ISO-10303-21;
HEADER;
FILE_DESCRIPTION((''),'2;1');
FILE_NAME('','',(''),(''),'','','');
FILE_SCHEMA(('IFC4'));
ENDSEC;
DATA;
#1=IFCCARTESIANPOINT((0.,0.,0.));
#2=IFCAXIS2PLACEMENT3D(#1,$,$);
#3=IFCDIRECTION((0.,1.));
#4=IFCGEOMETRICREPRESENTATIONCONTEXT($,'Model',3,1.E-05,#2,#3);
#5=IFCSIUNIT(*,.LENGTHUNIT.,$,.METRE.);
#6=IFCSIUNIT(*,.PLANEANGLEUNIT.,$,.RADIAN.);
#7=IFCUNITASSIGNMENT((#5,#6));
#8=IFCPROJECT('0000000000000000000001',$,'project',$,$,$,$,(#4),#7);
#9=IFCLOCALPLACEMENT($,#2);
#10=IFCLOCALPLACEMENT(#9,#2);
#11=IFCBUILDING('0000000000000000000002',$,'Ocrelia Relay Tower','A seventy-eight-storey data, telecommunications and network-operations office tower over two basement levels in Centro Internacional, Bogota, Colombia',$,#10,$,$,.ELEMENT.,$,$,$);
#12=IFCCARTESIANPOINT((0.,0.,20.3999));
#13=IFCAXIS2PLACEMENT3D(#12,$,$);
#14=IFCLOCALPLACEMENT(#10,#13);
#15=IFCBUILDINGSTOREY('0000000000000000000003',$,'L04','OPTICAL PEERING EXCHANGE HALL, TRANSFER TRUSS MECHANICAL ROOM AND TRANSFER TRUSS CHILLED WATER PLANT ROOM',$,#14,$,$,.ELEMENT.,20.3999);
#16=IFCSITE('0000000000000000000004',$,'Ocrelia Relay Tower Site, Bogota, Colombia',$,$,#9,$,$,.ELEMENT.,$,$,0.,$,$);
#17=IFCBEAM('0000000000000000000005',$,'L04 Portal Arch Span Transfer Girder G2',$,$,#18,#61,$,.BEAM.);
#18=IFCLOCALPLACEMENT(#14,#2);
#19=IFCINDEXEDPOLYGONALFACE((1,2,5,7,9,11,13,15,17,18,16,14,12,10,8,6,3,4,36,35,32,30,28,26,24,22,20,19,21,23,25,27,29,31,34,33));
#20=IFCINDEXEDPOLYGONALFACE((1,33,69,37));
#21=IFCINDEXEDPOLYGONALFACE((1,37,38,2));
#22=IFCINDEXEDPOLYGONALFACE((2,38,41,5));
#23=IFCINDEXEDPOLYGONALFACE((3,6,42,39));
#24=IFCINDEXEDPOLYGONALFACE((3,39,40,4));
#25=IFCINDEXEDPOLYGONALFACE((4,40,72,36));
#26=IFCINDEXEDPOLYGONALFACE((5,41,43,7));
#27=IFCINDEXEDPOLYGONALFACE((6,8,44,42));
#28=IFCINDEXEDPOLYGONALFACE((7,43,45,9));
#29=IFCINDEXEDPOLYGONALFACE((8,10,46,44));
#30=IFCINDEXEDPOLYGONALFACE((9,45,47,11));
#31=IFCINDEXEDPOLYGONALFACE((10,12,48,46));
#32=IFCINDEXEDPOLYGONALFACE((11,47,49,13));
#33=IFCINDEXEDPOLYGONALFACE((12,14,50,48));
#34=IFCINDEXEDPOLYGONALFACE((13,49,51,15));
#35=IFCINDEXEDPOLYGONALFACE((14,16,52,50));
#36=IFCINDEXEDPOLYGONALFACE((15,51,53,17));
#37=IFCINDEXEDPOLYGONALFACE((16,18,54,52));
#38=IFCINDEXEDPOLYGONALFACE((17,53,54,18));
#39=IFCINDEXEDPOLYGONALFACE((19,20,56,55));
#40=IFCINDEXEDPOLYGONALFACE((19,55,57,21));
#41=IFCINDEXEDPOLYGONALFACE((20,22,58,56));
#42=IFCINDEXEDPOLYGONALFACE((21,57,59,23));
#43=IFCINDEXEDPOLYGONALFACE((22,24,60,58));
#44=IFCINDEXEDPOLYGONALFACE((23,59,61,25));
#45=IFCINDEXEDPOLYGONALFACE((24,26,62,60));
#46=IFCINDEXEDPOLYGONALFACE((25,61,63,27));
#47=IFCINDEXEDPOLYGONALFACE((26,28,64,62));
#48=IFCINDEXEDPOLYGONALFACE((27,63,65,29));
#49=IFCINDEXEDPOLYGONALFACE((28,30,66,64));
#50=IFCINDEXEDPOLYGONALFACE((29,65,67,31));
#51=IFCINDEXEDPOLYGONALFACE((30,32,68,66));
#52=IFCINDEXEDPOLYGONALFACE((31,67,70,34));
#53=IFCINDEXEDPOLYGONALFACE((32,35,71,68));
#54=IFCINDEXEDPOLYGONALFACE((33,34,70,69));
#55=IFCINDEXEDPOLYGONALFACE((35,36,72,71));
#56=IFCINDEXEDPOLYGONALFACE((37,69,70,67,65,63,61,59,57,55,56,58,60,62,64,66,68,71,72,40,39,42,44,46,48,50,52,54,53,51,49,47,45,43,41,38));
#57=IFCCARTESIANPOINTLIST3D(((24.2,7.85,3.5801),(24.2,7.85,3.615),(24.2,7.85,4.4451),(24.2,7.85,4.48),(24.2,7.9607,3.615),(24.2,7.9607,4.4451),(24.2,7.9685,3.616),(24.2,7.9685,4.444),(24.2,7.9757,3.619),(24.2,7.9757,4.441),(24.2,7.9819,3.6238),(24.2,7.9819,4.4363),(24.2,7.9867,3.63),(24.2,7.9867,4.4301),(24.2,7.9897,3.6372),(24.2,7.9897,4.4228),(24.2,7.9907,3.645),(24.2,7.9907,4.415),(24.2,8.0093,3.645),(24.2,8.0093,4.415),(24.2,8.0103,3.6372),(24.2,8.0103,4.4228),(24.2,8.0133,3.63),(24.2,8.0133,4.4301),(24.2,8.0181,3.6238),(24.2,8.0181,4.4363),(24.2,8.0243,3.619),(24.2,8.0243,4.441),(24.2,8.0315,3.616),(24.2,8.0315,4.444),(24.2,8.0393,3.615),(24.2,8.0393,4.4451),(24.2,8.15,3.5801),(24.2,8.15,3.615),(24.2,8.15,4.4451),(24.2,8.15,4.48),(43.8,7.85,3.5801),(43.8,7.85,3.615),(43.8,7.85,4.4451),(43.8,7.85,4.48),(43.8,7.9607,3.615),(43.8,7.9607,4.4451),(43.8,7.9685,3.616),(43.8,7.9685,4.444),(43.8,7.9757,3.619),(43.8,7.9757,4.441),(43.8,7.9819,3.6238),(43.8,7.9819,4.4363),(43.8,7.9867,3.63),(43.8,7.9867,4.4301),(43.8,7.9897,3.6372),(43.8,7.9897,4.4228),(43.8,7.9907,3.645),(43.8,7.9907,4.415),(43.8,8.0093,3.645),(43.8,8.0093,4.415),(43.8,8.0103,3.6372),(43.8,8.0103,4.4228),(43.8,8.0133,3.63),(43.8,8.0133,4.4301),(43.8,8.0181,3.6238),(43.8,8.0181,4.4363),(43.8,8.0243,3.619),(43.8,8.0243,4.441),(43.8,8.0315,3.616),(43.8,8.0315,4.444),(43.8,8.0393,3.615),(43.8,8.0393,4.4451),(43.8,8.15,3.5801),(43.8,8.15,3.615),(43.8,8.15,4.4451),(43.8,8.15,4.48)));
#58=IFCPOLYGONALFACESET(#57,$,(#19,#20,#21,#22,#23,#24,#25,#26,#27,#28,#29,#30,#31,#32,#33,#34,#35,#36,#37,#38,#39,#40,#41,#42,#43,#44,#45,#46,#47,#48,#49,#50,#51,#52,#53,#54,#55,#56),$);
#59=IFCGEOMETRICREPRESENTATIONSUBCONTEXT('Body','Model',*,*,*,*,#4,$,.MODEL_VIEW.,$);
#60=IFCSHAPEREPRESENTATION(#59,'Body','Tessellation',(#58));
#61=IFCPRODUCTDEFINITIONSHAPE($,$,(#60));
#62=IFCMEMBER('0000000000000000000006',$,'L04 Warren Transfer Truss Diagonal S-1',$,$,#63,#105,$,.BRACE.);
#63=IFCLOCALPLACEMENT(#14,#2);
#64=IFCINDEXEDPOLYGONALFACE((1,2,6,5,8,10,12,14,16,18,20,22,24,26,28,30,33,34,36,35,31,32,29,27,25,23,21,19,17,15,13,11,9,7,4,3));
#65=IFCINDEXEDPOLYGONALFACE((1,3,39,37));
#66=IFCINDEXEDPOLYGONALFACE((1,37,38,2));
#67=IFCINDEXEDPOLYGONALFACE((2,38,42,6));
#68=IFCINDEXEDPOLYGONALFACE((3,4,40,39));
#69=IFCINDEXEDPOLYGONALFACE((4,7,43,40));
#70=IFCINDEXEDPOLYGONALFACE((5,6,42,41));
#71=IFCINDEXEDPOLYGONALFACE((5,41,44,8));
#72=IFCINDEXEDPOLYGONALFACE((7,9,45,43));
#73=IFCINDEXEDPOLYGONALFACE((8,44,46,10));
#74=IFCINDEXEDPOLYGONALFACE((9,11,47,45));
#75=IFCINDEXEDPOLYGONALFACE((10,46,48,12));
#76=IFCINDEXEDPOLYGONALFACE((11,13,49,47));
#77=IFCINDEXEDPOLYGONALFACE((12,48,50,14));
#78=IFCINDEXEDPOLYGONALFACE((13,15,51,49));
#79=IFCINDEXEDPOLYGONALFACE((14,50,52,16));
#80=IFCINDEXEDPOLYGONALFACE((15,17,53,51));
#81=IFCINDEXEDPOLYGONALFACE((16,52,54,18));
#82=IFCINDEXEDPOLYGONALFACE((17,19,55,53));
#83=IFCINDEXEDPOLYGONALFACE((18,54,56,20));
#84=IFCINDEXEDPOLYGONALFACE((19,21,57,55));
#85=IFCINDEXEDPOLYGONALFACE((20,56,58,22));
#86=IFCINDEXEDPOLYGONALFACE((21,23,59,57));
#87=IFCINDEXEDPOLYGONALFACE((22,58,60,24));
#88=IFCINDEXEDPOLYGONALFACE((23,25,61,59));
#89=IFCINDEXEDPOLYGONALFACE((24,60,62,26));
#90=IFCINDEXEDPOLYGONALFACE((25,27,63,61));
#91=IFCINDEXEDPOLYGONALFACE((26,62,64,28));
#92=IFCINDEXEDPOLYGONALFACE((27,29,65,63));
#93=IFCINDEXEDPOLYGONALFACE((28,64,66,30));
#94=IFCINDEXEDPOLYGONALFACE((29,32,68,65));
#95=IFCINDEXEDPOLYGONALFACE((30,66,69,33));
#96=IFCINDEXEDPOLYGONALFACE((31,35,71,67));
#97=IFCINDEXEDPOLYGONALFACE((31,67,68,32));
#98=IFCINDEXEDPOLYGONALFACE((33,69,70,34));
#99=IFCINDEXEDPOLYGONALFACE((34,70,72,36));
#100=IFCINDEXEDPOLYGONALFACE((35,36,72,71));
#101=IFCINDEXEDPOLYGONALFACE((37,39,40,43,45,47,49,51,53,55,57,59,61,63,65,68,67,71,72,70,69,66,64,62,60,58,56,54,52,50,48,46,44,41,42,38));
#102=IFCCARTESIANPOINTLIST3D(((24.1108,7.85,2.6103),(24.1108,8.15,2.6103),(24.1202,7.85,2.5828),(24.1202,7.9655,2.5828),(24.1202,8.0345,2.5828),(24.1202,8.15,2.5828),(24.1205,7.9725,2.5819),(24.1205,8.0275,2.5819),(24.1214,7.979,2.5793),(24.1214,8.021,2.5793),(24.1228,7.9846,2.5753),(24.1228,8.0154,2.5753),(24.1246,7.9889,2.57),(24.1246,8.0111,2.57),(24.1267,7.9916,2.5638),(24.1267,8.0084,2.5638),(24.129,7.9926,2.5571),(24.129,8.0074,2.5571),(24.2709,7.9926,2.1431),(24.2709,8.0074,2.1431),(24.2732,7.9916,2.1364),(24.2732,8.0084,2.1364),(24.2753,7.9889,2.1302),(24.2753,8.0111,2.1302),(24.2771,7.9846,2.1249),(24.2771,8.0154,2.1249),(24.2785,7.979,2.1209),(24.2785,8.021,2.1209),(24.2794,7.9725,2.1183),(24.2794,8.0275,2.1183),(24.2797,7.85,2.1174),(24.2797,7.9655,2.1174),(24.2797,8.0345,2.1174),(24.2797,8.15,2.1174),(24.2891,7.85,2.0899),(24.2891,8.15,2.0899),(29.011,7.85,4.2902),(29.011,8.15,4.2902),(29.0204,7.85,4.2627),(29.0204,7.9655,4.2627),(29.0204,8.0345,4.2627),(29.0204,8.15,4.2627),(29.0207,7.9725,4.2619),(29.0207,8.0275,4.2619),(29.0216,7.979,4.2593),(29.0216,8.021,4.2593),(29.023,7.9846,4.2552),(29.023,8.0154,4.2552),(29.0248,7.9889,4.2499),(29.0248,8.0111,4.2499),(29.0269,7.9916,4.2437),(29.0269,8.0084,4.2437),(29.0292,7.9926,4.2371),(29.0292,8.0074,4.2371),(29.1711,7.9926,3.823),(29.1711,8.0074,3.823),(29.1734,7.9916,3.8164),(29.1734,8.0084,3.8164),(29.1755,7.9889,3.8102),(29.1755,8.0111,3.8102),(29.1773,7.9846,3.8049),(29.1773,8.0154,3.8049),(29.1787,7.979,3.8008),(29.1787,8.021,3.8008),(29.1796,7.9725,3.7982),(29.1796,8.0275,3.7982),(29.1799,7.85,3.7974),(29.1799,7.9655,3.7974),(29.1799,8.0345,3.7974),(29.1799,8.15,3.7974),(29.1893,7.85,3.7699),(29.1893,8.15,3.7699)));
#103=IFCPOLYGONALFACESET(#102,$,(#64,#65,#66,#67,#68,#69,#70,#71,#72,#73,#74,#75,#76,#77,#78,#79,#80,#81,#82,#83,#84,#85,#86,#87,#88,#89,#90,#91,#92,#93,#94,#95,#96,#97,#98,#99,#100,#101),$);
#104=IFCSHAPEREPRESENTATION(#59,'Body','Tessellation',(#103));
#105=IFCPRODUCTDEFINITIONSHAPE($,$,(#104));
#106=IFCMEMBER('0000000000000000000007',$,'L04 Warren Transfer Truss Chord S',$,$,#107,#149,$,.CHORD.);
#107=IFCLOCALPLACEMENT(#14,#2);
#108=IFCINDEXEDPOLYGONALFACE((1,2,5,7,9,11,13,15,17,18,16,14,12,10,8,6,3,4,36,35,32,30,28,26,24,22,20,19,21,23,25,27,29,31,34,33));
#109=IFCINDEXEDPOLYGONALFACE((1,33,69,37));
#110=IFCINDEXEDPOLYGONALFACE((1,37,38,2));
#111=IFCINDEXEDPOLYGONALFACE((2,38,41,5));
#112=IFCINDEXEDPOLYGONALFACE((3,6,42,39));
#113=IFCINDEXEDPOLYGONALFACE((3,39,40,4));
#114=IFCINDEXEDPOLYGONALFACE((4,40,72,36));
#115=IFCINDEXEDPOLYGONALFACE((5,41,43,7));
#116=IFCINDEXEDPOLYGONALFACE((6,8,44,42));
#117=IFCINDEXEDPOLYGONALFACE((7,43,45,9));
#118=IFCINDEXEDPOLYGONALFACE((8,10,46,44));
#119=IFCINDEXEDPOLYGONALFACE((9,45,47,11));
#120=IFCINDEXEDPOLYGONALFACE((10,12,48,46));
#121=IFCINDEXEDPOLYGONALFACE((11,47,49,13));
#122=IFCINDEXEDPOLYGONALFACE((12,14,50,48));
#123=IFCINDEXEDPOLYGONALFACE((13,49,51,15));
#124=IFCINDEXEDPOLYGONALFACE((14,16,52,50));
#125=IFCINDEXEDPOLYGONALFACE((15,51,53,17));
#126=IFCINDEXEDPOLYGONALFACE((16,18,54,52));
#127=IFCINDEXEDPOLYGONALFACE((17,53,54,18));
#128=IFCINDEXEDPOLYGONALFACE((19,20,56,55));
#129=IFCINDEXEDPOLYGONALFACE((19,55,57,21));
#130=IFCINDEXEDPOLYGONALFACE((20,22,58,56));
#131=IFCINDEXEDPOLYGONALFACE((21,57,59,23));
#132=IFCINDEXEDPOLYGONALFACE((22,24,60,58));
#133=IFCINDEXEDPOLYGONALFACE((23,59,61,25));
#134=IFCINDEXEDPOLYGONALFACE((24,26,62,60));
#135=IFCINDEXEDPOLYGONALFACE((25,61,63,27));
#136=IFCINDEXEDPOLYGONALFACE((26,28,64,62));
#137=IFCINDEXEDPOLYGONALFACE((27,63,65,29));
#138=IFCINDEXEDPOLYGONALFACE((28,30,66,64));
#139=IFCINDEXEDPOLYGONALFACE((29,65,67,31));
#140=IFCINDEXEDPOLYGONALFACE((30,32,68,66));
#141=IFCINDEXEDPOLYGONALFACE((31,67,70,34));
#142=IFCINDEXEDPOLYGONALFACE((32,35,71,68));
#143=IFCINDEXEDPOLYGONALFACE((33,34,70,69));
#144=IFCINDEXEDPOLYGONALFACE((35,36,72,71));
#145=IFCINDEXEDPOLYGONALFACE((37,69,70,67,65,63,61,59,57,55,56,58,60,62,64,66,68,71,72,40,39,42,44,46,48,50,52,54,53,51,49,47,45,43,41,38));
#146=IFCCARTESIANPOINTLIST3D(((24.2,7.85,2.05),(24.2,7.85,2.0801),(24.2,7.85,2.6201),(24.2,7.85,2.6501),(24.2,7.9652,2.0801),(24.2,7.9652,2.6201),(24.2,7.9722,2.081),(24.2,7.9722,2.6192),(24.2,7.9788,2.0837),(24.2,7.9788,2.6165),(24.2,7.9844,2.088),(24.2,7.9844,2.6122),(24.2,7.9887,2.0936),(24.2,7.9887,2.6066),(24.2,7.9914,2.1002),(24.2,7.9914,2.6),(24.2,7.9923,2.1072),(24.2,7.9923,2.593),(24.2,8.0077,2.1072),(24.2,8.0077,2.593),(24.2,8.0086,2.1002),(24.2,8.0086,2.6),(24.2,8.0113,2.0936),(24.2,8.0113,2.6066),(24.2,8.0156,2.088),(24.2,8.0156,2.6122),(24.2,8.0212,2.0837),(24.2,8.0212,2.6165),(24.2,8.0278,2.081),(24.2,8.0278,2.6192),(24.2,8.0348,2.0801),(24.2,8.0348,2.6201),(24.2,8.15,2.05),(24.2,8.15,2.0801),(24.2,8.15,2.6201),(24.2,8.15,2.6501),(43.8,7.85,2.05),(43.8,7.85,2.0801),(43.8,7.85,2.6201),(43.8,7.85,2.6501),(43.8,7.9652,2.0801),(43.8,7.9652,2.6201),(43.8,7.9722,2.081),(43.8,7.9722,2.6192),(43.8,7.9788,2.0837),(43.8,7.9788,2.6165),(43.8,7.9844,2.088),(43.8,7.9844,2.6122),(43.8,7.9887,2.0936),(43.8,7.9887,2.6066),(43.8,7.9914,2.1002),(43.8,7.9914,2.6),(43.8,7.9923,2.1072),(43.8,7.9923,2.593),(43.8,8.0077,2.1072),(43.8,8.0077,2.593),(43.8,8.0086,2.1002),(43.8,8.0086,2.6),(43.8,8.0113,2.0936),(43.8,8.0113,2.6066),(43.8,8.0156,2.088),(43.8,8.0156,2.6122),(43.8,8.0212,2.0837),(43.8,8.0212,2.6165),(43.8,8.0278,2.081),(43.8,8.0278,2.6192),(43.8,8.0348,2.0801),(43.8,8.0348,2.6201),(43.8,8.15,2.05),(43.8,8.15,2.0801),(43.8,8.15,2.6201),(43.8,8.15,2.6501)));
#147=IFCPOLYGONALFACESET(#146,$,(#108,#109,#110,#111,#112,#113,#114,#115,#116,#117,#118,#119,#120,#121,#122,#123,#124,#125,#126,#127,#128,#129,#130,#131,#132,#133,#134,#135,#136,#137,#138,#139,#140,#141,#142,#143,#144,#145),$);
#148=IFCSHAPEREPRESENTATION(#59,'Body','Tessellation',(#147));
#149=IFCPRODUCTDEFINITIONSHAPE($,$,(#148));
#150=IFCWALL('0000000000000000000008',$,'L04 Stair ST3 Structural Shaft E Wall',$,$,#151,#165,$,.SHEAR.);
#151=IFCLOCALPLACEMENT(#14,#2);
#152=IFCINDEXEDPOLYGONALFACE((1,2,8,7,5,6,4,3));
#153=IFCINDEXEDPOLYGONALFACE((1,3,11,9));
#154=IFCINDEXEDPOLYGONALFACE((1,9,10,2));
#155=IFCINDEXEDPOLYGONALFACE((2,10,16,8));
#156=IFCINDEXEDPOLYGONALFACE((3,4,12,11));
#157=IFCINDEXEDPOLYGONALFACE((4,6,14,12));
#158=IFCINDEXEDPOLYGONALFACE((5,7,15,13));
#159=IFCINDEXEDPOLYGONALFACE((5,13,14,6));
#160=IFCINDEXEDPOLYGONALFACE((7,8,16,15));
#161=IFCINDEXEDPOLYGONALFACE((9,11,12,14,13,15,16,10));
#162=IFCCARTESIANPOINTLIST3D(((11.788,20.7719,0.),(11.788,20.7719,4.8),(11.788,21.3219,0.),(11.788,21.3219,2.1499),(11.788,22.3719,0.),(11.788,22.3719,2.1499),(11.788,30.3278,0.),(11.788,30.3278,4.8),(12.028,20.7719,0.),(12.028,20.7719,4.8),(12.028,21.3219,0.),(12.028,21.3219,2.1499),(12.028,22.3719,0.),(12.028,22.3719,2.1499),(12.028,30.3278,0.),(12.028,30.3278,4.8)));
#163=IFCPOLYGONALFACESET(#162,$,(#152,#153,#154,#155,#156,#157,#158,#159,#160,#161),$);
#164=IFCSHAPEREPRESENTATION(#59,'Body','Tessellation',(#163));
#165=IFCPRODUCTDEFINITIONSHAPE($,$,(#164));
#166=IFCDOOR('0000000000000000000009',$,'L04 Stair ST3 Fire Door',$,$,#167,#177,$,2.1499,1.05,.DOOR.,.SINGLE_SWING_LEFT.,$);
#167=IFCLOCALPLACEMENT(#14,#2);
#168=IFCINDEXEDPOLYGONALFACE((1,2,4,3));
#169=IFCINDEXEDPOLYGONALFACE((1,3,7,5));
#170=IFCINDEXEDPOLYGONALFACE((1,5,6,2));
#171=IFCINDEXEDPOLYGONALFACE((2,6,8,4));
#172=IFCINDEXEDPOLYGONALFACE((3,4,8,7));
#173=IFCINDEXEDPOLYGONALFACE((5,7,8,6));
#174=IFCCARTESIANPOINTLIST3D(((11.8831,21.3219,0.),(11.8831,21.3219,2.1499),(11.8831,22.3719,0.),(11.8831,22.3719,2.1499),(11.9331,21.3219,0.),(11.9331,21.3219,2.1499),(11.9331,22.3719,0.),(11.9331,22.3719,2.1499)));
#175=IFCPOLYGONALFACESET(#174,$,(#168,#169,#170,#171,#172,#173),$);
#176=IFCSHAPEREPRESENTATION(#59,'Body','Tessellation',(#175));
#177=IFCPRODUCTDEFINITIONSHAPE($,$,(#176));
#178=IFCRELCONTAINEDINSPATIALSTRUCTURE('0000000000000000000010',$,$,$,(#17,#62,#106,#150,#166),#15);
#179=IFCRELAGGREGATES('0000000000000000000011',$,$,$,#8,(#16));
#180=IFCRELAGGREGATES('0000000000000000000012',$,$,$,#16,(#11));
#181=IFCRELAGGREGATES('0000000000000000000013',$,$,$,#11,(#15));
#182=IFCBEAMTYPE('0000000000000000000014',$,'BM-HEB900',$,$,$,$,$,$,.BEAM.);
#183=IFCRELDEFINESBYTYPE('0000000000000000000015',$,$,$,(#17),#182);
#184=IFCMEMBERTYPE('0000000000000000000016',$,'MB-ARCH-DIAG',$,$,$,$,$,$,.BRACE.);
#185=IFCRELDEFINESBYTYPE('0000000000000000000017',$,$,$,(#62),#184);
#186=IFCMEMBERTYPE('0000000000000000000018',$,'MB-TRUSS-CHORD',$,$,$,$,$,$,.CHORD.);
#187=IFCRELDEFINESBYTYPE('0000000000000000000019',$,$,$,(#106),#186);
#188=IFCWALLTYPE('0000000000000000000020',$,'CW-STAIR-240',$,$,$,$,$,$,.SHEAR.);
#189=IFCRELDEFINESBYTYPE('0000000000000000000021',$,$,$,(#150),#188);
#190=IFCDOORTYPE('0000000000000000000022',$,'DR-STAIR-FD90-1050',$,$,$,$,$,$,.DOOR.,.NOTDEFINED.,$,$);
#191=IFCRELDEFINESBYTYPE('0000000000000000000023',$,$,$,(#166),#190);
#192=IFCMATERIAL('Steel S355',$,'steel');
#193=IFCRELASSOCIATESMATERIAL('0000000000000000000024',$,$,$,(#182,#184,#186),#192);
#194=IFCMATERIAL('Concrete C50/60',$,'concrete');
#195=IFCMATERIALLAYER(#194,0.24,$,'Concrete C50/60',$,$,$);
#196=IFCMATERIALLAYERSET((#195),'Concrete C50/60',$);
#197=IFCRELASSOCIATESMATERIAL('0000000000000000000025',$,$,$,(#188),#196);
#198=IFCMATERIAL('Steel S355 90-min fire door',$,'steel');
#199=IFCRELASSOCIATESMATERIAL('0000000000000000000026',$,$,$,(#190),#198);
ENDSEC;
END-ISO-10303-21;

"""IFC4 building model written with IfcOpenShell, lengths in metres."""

from ifc_helpers import new_model, si_unit, direction, frame, frame_2d, origin, origin_2d, place, context, subcontext, project, spatial, rectangle, i_section, extrude, material, layer, layer_set, material_profile, profile_set, type_object, element, fill, save


model = new_model("IFC4")

# Units and contexts
model_context = context("Model", 3, precision=1e-05, world=origin(), true_north=direction((0.0, 1.0)))
body_context = subcontext(model_context, "Body", "Model", "MODEL_VIEW")
ifc_project = project(units=[si_unit("LENGTHUNIT", "METRE"), si_unit("PLANEANGLEUNIT", "RADIAN")], contexts=[model_context])

# Site, building, storey
site_placement = place(None, origin())
site = spatial("IfcSite", under=ifc_project, at=site_placement, Name="Ocrelia Relay Tower Site, Bogota, Colombia", CompositionType="ELEMENT", RefElevation=0.0)
building_placement = place(site_placement, origin())
building = spatial("IfcBuilding", under=site, at=building_placement, Name="Ocrelia Relay Tower", Description="A seventy-eight-storey data, telecommunications and network-operations office tower over two basement levels in Centro Internacional, Bogota, Colombia", CompositionType="ELEMENT")
storey_placement = place(building_placement, frame((0.0, 0.0, 20.3999)))
storey = spatial("IfcBuildingStorey", under=building, at=storey_placement, Name="L04", Description="OPTICAL PEERING EXCHANGE HALL, TRANSFER TRUSS MECHANICAL ROOM AND TRANSFER TRUSS CHILLED WATER PLANT ROOM", CompositionType="ELEMENT", Elevation=20.3999)

# Beam
ifc_material_1 = material(Name="Steel S355", Category="steel")
ifc_material_profile_1 = material_profile(ifc_material_1, i_section(OverallWidth=0.3, OverallDepth=0.8999, WebThickness=0.0186, FlangeThickness=0.0349, FilletRadius=0.03, at=origin_2d()), Name="HEB 900")
ifc_profile_set_1 = profile_set([ifc_material_profile_1], Name="Steel S355")
beam_type_1 = type_object("IfcBeamType", Name="BM-HEB900", PredefinedType="BEAM", material=ifc_profile_set_1)
for number, where, z_axis, x_axis, name in (
    (1, (24.2, 8.0, 4.03), (1.0, 0.0, 0.0), (0.0, 1.0, 0.0), "L04 Portal Arch Span Transfer Girder G2"),
):
    element("IfcBeam", number, at=place(storey_placement, frame(where, z_axis=z_axis, x_axis=x_axis)), inside=storey, type_object=beam_type_1, Name=name, PredefinedType="BEAM", context=body_context, shape_type="SweptSolid", body=[
        extrude(i_section(OverallWidth=0.3, OverallDepth=0.8999, WebThickness=0.0186, FlangeThickness=0.0349, FilletRadius=0.03, at=origin_2d()), origin(), (0.0, 0.0, 1.0), 19.6001),
    ])

# Members
ifc_material_profile_2 = material_profile(ifc_material_1, i_section(OverallWidth=0.3, OverallDepth=0.55, WebThickness=0.0149, FlangeThickness=0.0291, FilletRadius=0.0271, at=origin_2d()), Name="HEB 550")
ifc_profile_set_2 = profile_set([ifc_material_profile_2], Name="Steel S355")
member_type_1 = type_object("IfcMemberType", Name="MB-ARCH-DIAG", PredefinedType="BRACE", material=ifc_profile_set_2)
member_1_placement = place(storey_placement, frame((24.2, 8.0, 2.3501), z_axis=(0.945953, 0.0, 0.324304), x_axis=(0.0, 1.0, 0.0)))
element("IfcMember", 2, at=member_1_placement, inside=storey, type_object=member_type_1, Name="L04 Warren Transfer Truss Diagonal S-1", PredefinedType="BRACE", context=body_context, shape_type="SweptSolid", body=[
    extrude(i_section(OverallWidth=0.3, OverallDepth=0.55, WebThickness=0.0149, FlangeThickness=0.0291, FilletRadius=0.0271, at=origin_2d()), origin(), (0.0, 0.0, 1.0), 5.1802),
])
ifc_material_profile_3 = material_profile(ifc_material_1, i_section(OverallWidth=0.3, OverallDepth=0.6001, WebThickness=0.0154, FlangeThickness=0.03, FilletRadius=0.0271, at=origin_2d()), Name="HEB 600")
ifc_profile_set_3 = profile_set([ifc_material_profile_3], Name="Steel S355")
member_type_2 = type_object("IfcMemberType", Name="MB-TRUSS-CHORD", PredefinedType="CHORD", material=ifc_profile_set_3)
member_2_placement = place(storey_placement, frame((24.2, 8.0, 2.3501), z_axis=(1.0, 0.0, 0.0), x_axis=(0.0, 1.0, 0.0)))
element("IfcMember", 3, at=member_2_placement, inside=storey, type_object=member_type_2, Name="L04 Warren Transfer Truss Chord S", PredefinedType="CHORD", context=body_context, shape_type="SweptSolid", body=[
    extrude(i_section(OverallWidth=0.3, OverallDepth=0.6001, WebThickness=0.0154, FlangeThickness=0.03, FilletRadius=0.0271, at=origin_2d()), origin(), (0.0, 0.0, 1.0), 19.6001),
])

# Wall, opening, door
ifc_material_2 = material(Name="Concrete C50/60", Category="concrete")
ifc_layer_1 = layer(ifc_material_2, 0.24, Name="Concrete C50/60")
ifc_layer_set_1 = layer_set([ifc_layer_1], Name="Concrete C50/60")
wall_type_1 = type_object("IfcWallType", Name="CW-STAIR-240", PredefinedType="SHEAR", material=ifc_layer_set_1)
wall_1_placement = place(storey_placement, frame((11.908, 20.772, 0.0), z_axis=(0.0, 0.0, 1.0), x_axis=(0.0, 1.0, 0.0)))
wall_1 = element("IfcWall", 4, at=wall_1_placement, inside=storey, type_object=wall_type_1, Name="L04 Stair ST3 Structural Shaft E Wall", PredefinedType="SHEAR", context=body_context, shape_type="SweptSolid", body=[
    extrude(rectangle(XDim=9.5559, YDim=0.24, at=frame_2d((4.7778, 0.0))), origin(), (0.0, 0.0, 1.0), 4.8),
])
opening_1_placement = place(wall_1_placement, frame((0.55, 0.0, 0.0)))
opening_1 = element("IfcOpeningElement", 5, at=opening_1_placement, cuts=wall_1, PredefinedType="OPENING", context=body_context, shape_type="SweptSolid", body=[
    extrude(rectangle(XDim=1.05, YDim=2.1499, at=frame_2d((0.5249, 1.075))), frame((0.0, 0.1299, 0.0), z_axis=(0.0, -1.0, 0.0), x_axis=(1.0, 0.0, 0.0)), (0.0, 0.0, 1.0), 0.26),
])
ifc_material_3 = material(Name="Steel S355 90-min fire door", Category="steel")
door_type = type_object("IfcDoorType", Name="DR-STAIR-FD90-1050", OperationType="NOTDEFINED", PredefinedType="DOOR", material=ifc_material_3)
door_1_placement = place(opening_1_placement, origin())
door_1 = element("IfcDoor", 6, at=door_1_placement, inside=storey, type_object=door_type, Name="L04 Stair ST3 Fire Door", OperationType="SINGLE_SWING_LEFT", OverallHeight=2.1499, OverallWidth=1.05, PredefinedType="DOOR", context=body_context, shape_type="SweptSolid", body=[
    extrude(rectangle(XDim=1.05, YDim=2.1499, at=frame_2d((0.5249, 1.075))), frame((0.0, 0.0249, 0.0), z_axis=(0.0, -1.0, 0.0), x_axis=(1.0, 0.0, 0.0)), (0.0, 0.0, 1.0), 0.05),
])
fill(opening_1, door_1)

save(model, "model.ifc")
